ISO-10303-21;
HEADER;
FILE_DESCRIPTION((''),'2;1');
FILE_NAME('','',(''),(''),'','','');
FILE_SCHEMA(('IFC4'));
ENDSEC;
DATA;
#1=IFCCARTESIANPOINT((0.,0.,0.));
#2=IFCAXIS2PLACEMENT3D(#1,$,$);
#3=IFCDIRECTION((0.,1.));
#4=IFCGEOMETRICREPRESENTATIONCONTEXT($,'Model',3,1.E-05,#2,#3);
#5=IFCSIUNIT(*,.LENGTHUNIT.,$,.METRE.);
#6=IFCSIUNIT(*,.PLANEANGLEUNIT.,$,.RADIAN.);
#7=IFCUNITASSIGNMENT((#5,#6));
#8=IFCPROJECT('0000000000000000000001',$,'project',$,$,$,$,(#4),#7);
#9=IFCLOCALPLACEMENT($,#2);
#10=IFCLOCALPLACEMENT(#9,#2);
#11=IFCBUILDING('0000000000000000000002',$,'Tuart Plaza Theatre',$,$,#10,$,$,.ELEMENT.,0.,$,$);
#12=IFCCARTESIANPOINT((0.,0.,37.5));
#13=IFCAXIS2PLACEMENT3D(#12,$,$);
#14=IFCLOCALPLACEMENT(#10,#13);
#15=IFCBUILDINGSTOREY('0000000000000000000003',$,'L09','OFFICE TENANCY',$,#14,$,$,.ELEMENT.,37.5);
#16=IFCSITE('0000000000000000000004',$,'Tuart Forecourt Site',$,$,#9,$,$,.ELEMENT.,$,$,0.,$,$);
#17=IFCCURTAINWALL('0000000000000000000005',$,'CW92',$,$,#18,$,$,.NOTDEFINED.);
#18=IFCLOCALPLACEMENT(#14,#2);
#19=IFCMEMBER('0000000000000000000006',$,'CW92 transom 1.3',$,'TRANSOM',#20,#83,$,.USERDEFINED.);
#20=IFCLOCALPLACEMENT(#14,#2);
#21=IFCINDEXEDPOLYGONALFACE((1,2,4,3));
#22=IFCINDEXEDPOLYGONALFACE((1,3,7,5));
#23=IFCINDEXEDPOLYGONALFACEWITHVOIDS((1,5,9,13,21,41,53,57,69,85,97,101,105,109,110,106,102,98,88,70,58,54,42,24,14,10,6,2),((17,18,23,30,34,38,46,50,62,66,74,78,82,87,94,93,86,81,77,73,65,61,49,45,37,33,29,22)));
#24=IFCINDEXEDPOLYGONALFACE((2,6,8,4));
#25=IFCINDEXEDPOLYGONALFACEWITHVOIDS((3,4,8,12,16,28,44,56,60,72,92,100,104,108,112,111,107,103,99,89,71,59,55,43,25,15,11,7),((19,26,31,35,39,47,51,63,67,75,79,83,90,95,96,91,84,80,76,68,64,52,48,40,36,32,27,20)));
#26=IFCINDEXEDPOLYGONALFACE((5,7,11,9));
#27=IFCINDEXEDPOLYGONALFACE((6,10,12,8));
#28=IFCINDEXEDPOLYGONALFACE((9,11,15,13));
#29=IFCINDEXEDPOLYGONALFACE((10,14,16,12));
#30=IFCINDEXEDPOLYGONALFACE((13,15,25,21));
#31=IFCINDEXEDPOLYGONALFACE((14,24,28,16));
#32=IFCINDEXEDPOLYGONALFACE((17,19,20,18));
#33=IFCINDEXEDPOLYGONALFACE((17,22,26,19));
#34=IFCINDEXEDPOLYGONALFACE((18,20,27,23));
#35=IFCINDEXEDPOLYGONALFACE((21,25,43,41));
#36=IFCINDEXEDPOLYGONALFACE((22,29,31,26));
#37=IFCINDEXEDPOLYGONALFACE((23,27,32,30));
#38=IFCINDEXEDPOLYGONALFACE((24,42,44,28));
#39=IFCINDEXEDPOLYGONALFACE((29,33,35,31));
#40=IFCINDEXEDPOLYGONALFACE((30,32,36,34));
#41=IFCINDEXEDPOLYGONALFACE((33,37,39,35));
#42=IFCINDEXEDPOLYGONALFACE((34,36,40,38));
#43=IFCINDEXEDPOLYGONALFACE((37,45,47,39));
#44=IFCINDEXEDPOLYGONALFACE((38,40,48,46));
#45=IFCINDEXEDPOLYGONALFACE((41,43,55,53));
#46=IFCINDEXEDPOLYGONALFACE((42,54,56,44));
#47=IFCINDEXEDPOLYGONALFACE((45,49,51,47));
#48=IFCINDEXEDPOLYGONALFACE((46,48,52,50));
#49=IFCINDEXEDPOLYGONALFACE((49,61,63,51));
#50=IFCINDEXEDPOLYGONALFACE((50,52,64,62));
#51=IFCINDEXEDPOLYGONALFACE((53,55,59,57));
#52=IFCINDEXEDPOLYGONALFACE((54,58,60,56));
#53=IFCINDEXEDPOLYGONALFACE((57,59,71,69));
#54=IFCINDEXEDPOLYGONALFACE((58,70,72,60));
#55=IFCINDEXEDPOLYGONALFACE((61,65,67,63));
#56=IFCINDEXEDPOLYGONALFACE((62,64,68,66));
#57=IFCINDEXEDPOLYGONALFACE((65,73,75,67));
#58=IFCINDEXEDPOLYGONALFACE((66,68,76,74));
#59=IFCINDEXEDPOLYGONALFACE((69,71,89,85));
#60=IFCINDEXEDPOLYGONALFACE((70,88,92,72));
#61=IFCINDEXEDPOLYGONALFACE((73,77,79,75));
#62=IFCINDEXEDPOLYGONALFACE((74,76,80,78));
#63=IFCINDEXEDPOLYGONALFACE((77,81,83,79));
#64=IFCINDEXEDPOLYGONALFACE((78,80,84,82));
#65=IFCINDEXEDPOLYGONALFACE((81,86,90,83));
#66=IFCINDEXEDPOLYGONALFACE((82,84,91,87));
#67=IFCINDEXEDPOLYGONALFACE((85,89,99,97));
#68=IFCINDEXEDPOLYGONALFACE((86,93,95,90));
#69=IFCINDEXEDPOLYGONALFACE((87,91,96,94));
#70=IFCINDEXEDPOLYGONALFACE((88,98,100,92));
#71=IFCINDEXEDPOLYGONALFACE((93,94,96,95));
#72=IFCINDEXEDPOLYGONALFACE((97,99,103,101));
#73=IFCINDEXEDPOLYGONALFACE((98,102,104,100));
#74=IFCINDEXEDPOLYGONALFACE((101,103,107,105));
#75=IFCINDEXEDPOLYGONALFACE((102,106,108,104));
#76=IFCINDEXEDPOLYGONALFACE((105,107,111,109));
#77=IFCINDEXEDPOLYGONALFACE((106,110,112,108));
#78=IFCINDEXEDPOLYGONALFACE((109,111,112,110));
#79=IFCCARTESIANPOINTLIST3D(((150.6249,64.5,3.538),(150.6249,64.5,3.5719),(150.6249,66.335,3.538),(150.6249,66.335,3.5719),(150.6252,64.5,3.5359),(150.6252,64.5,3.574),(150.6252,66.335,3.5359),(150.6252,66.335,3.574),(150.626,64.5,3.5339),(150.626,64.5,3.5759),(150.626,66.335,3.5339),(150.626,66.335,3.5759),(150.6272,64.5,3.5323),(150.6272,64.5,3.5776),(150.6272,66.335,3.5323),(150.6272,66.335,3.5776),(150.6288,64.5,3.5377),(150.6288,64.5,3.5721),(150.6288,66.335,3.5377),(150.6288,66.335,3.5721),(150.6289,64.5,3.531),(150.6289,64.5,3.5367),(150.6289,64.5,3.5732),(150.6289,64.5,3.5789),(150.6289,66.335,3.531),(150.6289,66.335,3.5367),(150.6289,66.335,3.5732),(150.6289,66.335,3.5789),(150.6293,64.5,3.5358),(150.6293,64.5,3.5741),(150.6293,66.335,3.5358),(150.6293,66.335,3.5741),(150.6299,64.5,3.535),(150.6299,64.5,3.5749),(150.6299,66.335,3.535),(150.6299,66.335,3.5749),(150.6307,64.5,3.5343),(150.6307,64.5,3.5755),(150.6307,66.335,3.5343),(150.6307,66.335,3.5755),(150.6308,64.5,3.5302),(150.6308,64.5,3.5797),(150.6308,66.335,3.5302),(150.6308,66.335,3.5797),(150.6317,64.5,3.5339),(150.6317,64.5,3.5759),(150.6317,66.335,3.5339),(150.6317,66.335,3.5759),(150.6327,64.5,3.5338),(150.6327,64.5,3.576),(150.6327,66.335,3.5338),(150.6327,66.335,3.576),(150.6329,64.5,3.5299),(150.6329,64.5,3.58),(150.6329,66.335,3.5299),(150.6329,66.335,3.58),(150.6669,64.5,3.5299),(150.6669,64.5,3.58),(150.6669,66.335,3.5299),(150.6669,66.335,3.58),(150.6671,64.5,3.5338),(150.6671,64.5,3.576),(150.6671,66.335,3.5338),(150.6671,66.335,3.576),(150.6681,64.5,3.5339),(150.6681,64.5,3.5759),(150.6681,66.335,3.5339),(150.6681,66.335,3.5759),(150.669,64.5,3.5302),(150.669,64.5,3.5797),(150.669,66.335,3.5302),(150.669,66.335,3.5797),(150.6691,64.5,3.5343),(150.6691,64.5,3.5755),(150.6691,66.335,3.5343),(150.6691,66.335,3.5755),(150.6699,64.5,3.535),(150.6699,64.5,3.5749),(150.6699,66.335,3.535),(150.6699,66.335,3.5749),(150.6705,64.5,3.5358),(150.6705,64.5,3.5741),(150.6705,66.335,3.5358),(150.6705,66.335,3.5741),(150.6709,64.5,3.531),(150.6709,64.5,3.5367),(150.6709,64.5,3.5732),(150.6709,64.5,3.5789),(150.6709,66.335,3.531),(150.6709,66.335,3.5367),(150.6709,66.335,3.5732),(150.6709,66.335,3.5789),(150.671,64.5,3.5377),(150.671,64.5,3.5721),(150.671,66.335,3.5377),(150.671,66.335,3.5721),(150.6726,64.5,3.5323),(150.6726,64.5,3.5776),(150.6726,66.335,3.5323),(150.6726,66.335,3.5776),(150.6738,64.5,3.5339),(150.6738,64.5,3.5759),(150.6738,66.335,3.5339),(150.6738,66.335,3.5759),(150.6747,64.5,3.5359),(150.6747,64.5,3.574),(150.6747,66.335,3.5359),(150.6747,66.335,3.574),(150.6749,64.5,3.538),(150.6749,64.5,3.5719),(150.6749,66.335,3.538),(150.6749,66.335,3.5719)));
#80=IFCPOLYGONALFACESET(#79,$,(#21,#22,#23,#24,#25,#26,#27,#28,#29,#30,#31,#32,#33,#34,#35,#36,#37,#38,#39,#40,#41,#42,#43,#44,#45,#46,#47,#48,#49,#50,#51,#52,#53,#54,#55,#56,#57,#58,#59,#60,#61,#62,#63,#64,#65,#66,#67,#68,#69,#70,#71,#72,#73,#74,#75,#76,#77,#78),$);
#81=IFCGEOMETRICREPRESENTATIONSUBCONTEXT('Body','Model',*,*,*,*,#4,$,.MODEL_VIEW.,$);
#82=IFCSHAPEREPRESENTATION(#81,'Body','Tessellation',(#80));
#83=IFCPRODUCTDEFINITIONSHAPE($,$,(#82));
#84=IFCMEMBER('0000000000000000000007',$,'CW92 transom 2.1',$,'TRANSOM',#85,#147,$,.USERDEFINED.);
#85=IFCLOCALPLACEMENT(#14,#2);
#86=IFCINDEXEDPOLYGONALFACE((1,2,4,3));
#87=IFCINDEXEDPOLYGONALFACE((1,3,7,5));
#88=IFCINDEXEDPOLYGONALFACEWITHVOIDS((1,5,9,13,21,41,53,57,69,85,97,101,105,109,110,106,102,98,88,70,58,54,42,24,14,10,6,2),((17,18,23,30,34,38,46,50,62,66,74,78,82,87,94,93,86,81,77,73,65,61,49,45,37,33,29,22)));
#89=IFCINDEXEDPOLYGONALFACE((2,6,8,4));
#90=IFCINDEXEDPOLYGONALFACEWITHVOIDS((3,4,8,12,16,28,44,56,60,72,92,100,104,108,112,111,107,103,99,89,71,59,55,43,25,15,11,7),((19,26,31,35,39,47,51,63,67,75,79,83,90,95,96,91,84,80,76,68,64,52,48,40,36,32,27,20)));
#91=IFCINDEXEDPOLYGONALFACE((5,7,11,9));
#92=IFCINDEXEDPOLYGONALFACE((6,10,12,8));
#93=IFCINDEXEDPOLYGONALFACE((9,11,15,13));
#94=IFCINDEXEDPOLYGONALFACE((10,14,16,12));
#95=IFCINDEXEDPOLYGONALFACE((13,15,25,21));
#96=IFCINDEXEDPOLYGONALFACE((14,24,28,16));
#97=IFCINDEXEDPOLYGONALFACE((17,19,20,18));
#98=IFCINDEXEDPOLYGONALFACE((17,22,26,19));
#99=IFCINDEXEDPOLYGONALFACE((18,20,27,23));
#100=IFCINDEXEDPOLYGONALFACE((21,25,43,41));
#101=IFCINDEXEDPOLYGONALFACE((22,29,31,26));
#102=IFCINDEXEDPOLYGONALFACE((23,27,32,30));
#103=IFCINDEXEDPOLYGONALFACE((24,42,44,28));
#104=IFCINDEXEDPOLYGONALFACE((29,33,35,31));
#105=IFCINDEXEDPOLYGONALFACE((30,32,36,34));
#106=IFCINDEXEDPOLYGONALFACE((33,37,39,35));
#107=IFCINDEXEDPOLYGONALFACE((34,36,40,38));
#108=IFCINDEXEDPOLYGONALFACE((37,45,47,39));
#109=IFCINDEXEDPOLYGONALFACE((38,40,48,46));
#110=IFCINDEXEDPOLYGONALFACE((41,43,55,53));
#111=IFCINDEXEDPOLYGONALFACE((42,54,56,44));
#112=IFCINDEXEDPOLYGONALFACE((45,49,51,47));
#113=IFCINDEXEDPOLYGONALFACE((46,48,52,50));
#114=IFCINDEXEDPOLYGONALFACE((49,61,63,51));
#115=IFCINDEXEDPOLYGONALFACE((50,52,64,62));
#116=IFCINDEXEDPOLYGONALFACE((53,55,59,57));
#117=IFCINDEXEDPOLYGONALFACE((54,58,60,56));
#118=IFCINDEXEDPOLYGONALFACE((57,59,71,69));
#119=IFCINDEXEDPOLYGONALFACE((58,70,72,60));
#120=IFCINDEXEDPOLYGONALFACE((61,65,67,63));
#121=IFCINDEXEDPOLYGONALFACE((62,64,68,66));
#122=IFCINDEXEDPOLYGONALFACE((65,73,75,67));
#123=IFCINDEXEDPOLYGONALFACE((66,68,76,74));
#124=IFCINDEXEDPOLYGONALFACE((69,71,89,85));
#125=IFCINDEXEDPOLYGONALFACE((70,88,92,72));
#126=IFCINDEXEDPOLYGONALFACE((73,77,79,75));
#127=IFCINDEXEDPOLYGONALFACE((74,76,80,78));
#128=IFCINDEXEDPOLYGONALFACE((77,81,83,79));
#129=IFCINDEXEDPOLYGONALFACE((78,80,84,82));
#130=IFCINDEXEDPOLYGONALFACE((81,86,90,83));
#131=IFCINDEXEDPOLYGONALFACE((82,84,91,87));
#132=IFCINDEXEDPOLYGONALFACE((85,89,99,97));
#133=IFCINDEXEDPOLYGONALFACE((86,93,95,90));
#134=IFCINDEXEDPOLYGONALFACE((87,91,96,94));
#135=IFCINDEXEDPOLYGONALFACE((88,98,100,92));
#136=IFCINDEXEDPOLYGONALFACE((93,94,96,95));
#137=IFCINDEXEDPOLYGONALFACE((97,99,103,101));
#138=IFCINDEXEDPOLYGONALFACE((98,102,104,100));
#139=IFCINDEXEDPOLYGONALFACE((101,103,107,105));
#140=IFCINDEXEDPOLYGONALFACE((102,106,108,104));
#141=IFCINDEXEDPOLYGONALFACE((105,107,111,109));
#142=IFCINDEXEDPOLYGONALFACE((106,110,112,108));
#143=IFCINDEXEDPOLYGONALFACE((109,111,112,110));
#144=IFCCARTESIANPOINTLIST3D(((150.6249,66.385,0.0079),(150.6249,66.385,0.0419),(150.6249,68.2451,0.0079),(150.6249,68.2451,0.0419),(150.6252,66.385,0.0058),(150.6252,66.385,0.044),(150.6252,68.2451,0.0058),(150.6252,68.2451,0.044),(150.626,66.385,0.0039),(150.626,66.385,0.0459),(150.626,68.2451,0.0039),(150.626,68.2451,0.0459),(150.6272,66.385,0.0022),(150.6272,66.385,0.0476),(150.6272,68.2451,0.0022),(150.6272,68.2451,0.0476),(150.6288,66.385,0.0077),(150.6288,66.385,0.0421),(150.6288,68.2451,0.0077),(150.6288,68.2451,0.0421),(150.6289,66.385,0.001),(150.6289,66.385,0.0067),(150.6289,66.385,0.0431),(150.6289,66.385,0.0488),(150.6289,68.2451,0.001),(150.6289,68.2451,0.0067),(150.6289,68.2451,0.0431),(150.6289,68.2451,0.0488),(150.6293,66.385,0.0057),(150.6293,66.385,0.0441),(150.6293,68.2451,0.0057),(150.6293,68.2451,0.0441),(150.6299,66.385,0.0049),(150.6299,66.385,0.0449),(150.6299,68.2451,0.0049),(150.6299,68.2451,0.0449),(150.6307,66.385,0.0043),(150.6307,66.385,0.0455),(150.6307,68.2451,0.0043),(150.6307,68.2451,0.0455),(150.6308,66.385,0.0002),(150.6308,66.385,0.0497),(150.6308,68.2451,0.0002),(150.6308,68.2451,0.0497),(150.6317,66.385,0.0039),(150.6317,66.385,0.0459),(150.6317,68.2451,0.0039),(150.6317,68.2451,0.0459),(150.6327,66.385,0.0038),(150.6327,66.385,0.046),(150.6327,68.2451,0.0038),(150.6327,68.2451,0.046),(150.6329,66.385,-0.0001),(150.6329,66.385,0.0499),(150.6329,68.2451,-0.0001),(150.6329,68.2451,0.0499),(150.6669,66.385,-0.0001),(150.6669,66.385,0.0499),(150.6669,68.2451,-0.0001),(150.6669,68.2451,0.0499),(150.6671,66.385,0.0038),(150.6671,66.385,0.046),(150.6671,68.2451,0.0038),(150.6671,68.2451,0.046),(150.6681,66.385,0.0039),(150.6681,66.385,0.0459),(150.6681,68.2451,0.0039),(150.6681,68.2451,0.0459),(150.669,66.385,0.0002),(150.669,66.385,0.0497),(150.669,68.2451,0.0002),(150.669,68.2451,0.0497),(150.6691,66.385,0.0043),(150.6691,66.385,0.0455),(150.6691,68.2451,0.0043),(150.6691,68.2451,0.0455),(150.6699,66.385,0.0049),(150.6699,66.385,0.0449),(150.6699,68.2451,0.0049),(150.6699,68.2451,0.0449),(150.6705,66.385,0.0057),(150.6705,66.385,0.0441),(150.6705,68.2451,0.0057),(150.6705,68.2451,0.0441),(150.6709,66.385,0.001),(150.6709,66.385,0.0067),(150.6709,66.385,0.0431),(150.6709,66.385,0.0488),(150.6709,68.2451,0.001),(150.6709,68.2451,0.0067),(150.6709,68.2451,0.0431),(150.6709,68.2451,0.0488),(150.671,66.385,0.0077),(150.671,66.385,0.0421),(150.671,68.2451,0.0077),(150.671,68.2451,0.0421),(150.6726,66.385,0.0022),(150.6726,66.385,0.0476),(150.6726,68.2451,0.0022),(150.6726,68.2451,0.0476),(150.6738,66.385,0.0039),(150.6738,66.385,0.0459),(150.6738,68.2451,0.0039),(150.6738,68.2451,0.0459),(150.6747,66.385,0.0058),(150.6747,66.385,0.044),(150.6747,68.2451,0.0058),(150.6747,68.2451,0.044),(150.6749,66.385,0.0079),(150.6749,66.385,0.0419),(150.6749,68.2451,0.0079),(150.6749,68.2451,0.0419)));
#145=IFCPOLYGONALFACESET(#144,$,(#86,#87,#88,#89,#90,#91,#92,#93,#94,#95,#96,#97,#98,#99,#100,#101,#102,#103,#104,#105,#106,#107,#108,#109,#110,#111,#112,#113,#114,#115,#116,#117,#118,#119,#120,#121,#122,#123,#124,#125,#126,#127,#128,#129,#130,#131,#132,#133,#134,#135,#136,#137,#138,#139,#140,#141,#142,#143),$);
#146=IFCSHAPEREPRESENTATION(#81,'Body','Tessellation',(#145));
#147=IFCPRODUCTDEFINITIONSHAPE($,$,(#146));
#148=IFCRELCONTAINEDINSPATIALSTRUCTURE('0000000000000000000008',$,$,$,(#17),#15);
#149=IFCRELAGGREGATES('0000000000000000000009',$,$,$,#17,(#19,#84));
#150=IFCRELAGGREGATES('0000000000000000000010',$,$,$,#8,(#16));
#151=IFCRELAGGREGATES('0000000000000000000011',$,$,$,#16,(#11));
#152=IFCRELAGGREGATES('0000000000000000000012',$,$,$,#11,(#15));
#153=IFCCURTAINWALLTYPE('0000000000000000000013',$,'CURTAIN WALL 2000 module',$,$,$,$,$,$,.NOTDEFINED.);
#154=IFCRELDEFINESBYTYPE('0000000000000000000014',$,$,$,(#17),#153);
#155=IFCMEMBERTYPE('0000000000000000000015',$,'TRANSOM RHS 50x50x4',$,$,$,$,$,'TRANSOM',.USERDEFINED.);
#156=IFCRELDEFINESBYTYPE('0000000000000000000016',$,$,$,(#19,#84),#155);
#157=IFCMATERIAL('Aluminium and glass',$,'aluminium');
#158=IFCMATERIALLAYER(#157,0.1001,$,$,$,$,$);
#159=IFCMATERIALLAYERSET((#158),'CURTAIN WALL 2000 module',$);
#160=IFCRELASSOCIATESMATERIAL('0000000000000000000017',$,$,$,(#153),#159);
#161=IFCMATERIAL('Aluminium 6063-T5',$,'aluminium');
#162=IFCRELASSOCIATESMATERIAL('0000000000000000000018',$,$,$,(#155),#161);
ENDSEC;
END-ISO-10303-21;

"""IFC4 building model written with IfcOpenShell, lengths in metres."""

from ifc_helpers import new_model, si_unit, direction, frame, origin, origin_2d, place, context, subcontext, project, spatial, hollow_rectangle, extrude, material, layer, layer_set, material_profile, profile_set, type_object, element, aggregate, save


model = new_model("IFC4")

# Units and contexts
model_context = context("Model", 3, precision=1e-05, world=origin(), true_north=direction((0.0, 1.0)))
body_context = subcontext(model_context, "Body", "Model", "MODEL_VIEW")
ifc_project = project(units=[si_unit("LENGTHUNIT", "METRE"), si_unit("PLANEANGLEUNIT", "RADIAN")], contexts=[model_context])

# Site, building, storey
site_placement = place(None, origin())
site = spatial("IfcSite", under=ifc_project, at=site_placement, Name="Tuart Forecourt Site", CompositionType="ELEMENT", RefElevation=0.0)
building_placement = place(site_placement, origin())
building = spatial("IfcBuilding", under=site, at=building_placement, Name="Tuart Plaza Theatre", CompositionType="ELEMENT", ElevationOfRefHeight=0.0)
storey_placement = place(building_placement, frame((0.0, 0.0, 37.5)))
storey = spatial("IfcBuildingStorey", under=building, at=storey_placement, Name="L09", Description="OFFICE TENANCY", CompositionType="ELEMENT", Elevation=37.5)

# Shared definitions
ifc_material_1 = material(Name="Aluminium and glass", Category="aluminium")
ifc_layer_1 = layer(ifc_material_1, 0.1001)
ifc_layer_set_1 = layer_set([ifc_layer_1], Name="CURTAIN WALL 2000 module")
curtain_wall_type = type_object("IfcCurtainWallType", Name="CURTAIN WALL 2000 module", PredefinedType="NOTDEFINED", material=ifc_layer_set_1)

# Curtain wall
curtain_wall_1_placement = place(storey_placement, origin())
curtain_wall_1 = element("IfcCurtainWall", 1, at=curtain_wall_1_placement, inside=storey, type_object=curtain_wall_type, Name="CW92", PredefinedType="NOTDEFINED")

# Members
ifc_material_2 = material(Name="Aluminium 6063-T5", Category="aluminium")
ifc_material_profile_1 = material_profile(ifc_material_2, hollow_rectangle(XDim=0.05, YDim=0.05, WallThickness=0.0039, InnerFilletRadius=0.0039, OuterFilletRadius=0.0081, at=origin_2d()), Name="RHS 50x50x4")
ifc_profile_set_1 = profile_set([ifc_material_profile_1], Name="Aluminium 6063-T5")
member_type_1 = type_object("IfcMemberType", Name="TRANSOM RHS 50x50x4", ElementType="TRANSOM", PredefinedType="USERDEFINED", material=ifc_profile_set_1)
member_1_placement = place(storey_placement, frame((150.6499, 64.5, 3.5549), z_axis=(0.0, 1.0, 0.0), x_axis=(-1.0, 0.0, 0.0)))
member_1 = element("IfcMember", 2, at=member_1_placement, type_object=member_type_1, Name="CW92 transom 1.3", ObjectType="TRANSOM", PredefinedType="USERDEFINED", context=body_context, shape_type="SweptSolid", body=[
    extrude(hollow_rectangle(XDim=0.05, YDim=0.05, WallThickness=0.0039, InnerFilletRadius=0.0039, OuterFilletRadius=0.0081, at=origin_2d()), origin(), (0.0, 0.0, 1.0), 1.835),
])
member_2_placement = place(storey_placement, frame((150.6499, 66.385, 0.0249), z_axis=(0.0, 1.0, 0.0), x_axis=(-1.0, 0.0, 0.0)))
member_2 = element("IfcMember", 3, at=member_2_placement, type_object=member_type_1, Name="CW92 transom 2.1", ObjectType="TRANSOM", PredefinedType="USERDEFINED", context=body_context, shape_type="SweptSolid", body=[
    extrude(hollow_rectangle(XDim=0.05, YDim=0.05, WallThickness=0.0039, InnerFilletRadius=0.0039, OuterFilletRadius=0.0081, at=origin_2d()), origin(), (0.0, 0.0, 1.0), 1.8601),
])

aggregate(curtain_wall_1, [member_1, member_2])

save(model, "model.ifc")
